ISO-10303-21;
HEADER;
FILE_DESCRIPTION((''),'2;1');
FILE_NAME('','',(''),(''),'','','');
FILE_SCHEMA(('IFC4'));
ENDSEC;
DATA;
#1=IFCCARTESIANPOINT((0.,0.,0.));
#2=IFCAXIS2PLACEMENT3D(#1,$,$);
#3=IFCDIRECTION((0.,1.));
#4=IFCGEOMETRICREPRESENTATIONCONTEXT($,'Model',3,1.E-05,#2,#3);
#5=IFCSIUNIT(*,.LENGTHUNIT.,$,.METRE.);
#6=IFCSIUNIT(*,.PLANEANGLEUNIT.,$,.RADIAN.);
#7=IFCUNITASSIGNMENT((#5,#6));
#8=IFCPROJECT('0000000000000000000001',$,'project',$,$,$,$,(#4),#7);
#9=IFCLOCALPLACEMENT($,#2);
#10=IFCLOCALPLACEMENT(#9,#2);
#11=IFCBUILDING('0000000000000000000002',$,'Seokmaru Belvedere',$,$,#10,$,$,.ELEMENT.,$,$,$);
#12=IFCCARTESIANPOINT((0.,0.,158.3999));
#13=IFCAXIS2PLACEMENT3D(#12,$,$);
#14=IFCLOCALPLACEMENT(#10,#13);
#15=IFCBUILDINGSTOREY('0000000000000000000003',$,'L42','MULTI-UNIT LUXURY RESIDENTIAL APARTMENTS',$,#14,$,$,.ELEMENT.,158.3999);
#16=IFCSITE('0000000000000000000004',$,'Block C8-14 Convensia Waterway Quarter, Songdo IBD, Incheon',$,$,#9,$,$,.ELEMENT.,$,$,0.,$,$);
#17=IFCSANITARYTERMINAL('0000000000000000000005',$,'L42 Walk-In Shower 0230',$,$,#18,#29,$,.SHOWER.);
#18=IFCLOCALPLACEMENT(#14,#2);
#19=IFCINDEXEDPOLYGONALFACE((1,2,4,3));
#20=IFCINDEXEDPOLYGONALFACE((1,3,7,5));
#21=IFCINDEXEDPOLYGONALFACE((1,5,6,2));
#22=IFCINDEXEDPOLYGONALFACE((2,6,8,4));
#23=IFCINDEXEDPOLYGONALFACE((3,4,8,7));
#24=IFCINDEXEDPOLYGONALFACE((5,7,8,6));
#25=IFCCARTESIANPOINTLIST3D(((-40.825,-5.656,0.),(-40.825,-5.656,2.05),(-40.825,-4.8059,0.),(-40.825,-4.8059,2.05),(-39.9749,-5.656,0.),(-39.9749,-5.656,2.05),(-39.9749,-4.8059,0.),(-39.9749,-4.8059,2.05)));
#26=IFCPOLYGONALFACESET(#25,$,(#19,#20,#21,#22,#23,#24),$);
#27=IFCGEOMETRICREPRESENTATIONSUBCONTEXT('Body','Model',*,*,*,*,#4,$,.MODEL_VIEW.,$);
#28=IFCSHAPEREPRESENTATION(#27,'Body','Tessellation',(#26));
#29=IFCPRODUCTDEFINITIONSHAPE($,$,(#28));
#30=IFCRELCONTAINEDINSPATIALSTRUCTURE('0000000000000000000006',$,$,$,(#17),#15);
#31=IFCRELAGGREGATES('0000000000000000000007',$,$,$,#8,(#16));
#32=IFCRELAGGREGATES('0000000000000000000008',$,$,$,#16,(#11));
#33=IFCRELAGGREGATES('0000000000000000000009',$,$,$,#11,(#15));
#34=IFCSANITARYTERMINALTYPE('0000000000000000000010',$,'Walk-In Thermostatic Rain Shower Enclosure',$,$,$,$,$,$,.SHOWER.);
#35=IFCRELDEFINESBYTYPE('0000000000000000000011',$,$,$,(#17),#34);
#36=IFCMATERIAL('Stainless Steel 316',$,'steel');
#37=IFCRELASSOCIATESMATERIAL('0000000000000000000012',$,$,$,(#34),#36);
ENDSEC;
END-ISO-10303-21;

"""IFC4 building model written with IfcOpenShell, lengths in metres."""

from ifc_helpers import new_model, si_unit, direction, frame, origin, origin_2d, place, context, subcontext, project, spatial, rectangle, extrude, source, transform, mapped, material, type_object, type_shapes, element, save


model = new_model("IFC4")

# Units and contexts
model_context = context("Model", 3, precision=1e-05, world=origin(), true_north=direction((0.0, 1.0)))
body_context = subcontext(model_context, "Body", "Model", "MODEL_VIEW")
ifc_project = project(units=[si_unit("LENGTHUNIT", "METRE"), si_unit("PLANEANGLEUNIT", "RADIAN")], contexts=[model_context])

# Site, building, storey
site_placement = place(None, origin())
site = spatial("IfcSite", under=ifc_project, at=site_placement, Name="Block C8-14 Convensia Waterway Quarter, Songdo IBD, Incheon", CompositionType="ELEMENT", RefElevation=0.0)
building_placement = place(site_placement, origin())
building = spatial("IfcBuilding", under=site, at=building_placement, Name="Seokmaru Belvedere", CompositionType="ELEMENT")
storey_placement = place(building_placement, frame((0.0, 0.0, 158.3999)))
storey = spatial("IfcBuildingStorey", under=building, at=storey_placement, Name="L42", Description="MULTI-UNIT LUXURY RESIDENTIAL APARTMENTS", CompositionType="ELEMENT", Elevation=158.3999)

# Shared definitions
ifc_material_1 = material(Name="Stainless Steel 316", Category="steel")

# Sanitary terminal
sanitary_terminal_type_1 = type_object("IfcSanitaryTerminalType", Name="Walk-In Thermostatic Rain Shower Enclosure", PredefinedType="SHOWER", material=ifc_material_1)
shared_shape_1 = source(origin(), body_context, "Body", "SweptSolid", [
    extrude(rectangle(XDim=0.8501, YDim=0.8501, at=origin_2d()), origin(), (0.0, 0.0, 1.0), 2.05),
])
type_shapes(sanitary_terminal_type_1, [shared_shape_1])
for number, where, z_axis, x_axis, name in (
    (1, (-40.3999, -5.231, 0.0), (0.0, 0.0, 1.0), (1.0, 0.0, 0.0), "L42 Walk-In Shower 0230"),
):
    element("IfcSanitaryTerminal", number, at=place(storey_placement, frame(where, z_axis=z_axis, x_axis=x_axis)), inside=storey, type_object=sanitary_terminal_type_1, Name=name, PredefinedType="SHOWER", context=body_context, shape_type="MappedRepresentation", body=[
        mapped(shared_shape_1, transform((0.0, 0.0, 0.0), scale=1.0)),
    ])

save(model, "model.ifc")
